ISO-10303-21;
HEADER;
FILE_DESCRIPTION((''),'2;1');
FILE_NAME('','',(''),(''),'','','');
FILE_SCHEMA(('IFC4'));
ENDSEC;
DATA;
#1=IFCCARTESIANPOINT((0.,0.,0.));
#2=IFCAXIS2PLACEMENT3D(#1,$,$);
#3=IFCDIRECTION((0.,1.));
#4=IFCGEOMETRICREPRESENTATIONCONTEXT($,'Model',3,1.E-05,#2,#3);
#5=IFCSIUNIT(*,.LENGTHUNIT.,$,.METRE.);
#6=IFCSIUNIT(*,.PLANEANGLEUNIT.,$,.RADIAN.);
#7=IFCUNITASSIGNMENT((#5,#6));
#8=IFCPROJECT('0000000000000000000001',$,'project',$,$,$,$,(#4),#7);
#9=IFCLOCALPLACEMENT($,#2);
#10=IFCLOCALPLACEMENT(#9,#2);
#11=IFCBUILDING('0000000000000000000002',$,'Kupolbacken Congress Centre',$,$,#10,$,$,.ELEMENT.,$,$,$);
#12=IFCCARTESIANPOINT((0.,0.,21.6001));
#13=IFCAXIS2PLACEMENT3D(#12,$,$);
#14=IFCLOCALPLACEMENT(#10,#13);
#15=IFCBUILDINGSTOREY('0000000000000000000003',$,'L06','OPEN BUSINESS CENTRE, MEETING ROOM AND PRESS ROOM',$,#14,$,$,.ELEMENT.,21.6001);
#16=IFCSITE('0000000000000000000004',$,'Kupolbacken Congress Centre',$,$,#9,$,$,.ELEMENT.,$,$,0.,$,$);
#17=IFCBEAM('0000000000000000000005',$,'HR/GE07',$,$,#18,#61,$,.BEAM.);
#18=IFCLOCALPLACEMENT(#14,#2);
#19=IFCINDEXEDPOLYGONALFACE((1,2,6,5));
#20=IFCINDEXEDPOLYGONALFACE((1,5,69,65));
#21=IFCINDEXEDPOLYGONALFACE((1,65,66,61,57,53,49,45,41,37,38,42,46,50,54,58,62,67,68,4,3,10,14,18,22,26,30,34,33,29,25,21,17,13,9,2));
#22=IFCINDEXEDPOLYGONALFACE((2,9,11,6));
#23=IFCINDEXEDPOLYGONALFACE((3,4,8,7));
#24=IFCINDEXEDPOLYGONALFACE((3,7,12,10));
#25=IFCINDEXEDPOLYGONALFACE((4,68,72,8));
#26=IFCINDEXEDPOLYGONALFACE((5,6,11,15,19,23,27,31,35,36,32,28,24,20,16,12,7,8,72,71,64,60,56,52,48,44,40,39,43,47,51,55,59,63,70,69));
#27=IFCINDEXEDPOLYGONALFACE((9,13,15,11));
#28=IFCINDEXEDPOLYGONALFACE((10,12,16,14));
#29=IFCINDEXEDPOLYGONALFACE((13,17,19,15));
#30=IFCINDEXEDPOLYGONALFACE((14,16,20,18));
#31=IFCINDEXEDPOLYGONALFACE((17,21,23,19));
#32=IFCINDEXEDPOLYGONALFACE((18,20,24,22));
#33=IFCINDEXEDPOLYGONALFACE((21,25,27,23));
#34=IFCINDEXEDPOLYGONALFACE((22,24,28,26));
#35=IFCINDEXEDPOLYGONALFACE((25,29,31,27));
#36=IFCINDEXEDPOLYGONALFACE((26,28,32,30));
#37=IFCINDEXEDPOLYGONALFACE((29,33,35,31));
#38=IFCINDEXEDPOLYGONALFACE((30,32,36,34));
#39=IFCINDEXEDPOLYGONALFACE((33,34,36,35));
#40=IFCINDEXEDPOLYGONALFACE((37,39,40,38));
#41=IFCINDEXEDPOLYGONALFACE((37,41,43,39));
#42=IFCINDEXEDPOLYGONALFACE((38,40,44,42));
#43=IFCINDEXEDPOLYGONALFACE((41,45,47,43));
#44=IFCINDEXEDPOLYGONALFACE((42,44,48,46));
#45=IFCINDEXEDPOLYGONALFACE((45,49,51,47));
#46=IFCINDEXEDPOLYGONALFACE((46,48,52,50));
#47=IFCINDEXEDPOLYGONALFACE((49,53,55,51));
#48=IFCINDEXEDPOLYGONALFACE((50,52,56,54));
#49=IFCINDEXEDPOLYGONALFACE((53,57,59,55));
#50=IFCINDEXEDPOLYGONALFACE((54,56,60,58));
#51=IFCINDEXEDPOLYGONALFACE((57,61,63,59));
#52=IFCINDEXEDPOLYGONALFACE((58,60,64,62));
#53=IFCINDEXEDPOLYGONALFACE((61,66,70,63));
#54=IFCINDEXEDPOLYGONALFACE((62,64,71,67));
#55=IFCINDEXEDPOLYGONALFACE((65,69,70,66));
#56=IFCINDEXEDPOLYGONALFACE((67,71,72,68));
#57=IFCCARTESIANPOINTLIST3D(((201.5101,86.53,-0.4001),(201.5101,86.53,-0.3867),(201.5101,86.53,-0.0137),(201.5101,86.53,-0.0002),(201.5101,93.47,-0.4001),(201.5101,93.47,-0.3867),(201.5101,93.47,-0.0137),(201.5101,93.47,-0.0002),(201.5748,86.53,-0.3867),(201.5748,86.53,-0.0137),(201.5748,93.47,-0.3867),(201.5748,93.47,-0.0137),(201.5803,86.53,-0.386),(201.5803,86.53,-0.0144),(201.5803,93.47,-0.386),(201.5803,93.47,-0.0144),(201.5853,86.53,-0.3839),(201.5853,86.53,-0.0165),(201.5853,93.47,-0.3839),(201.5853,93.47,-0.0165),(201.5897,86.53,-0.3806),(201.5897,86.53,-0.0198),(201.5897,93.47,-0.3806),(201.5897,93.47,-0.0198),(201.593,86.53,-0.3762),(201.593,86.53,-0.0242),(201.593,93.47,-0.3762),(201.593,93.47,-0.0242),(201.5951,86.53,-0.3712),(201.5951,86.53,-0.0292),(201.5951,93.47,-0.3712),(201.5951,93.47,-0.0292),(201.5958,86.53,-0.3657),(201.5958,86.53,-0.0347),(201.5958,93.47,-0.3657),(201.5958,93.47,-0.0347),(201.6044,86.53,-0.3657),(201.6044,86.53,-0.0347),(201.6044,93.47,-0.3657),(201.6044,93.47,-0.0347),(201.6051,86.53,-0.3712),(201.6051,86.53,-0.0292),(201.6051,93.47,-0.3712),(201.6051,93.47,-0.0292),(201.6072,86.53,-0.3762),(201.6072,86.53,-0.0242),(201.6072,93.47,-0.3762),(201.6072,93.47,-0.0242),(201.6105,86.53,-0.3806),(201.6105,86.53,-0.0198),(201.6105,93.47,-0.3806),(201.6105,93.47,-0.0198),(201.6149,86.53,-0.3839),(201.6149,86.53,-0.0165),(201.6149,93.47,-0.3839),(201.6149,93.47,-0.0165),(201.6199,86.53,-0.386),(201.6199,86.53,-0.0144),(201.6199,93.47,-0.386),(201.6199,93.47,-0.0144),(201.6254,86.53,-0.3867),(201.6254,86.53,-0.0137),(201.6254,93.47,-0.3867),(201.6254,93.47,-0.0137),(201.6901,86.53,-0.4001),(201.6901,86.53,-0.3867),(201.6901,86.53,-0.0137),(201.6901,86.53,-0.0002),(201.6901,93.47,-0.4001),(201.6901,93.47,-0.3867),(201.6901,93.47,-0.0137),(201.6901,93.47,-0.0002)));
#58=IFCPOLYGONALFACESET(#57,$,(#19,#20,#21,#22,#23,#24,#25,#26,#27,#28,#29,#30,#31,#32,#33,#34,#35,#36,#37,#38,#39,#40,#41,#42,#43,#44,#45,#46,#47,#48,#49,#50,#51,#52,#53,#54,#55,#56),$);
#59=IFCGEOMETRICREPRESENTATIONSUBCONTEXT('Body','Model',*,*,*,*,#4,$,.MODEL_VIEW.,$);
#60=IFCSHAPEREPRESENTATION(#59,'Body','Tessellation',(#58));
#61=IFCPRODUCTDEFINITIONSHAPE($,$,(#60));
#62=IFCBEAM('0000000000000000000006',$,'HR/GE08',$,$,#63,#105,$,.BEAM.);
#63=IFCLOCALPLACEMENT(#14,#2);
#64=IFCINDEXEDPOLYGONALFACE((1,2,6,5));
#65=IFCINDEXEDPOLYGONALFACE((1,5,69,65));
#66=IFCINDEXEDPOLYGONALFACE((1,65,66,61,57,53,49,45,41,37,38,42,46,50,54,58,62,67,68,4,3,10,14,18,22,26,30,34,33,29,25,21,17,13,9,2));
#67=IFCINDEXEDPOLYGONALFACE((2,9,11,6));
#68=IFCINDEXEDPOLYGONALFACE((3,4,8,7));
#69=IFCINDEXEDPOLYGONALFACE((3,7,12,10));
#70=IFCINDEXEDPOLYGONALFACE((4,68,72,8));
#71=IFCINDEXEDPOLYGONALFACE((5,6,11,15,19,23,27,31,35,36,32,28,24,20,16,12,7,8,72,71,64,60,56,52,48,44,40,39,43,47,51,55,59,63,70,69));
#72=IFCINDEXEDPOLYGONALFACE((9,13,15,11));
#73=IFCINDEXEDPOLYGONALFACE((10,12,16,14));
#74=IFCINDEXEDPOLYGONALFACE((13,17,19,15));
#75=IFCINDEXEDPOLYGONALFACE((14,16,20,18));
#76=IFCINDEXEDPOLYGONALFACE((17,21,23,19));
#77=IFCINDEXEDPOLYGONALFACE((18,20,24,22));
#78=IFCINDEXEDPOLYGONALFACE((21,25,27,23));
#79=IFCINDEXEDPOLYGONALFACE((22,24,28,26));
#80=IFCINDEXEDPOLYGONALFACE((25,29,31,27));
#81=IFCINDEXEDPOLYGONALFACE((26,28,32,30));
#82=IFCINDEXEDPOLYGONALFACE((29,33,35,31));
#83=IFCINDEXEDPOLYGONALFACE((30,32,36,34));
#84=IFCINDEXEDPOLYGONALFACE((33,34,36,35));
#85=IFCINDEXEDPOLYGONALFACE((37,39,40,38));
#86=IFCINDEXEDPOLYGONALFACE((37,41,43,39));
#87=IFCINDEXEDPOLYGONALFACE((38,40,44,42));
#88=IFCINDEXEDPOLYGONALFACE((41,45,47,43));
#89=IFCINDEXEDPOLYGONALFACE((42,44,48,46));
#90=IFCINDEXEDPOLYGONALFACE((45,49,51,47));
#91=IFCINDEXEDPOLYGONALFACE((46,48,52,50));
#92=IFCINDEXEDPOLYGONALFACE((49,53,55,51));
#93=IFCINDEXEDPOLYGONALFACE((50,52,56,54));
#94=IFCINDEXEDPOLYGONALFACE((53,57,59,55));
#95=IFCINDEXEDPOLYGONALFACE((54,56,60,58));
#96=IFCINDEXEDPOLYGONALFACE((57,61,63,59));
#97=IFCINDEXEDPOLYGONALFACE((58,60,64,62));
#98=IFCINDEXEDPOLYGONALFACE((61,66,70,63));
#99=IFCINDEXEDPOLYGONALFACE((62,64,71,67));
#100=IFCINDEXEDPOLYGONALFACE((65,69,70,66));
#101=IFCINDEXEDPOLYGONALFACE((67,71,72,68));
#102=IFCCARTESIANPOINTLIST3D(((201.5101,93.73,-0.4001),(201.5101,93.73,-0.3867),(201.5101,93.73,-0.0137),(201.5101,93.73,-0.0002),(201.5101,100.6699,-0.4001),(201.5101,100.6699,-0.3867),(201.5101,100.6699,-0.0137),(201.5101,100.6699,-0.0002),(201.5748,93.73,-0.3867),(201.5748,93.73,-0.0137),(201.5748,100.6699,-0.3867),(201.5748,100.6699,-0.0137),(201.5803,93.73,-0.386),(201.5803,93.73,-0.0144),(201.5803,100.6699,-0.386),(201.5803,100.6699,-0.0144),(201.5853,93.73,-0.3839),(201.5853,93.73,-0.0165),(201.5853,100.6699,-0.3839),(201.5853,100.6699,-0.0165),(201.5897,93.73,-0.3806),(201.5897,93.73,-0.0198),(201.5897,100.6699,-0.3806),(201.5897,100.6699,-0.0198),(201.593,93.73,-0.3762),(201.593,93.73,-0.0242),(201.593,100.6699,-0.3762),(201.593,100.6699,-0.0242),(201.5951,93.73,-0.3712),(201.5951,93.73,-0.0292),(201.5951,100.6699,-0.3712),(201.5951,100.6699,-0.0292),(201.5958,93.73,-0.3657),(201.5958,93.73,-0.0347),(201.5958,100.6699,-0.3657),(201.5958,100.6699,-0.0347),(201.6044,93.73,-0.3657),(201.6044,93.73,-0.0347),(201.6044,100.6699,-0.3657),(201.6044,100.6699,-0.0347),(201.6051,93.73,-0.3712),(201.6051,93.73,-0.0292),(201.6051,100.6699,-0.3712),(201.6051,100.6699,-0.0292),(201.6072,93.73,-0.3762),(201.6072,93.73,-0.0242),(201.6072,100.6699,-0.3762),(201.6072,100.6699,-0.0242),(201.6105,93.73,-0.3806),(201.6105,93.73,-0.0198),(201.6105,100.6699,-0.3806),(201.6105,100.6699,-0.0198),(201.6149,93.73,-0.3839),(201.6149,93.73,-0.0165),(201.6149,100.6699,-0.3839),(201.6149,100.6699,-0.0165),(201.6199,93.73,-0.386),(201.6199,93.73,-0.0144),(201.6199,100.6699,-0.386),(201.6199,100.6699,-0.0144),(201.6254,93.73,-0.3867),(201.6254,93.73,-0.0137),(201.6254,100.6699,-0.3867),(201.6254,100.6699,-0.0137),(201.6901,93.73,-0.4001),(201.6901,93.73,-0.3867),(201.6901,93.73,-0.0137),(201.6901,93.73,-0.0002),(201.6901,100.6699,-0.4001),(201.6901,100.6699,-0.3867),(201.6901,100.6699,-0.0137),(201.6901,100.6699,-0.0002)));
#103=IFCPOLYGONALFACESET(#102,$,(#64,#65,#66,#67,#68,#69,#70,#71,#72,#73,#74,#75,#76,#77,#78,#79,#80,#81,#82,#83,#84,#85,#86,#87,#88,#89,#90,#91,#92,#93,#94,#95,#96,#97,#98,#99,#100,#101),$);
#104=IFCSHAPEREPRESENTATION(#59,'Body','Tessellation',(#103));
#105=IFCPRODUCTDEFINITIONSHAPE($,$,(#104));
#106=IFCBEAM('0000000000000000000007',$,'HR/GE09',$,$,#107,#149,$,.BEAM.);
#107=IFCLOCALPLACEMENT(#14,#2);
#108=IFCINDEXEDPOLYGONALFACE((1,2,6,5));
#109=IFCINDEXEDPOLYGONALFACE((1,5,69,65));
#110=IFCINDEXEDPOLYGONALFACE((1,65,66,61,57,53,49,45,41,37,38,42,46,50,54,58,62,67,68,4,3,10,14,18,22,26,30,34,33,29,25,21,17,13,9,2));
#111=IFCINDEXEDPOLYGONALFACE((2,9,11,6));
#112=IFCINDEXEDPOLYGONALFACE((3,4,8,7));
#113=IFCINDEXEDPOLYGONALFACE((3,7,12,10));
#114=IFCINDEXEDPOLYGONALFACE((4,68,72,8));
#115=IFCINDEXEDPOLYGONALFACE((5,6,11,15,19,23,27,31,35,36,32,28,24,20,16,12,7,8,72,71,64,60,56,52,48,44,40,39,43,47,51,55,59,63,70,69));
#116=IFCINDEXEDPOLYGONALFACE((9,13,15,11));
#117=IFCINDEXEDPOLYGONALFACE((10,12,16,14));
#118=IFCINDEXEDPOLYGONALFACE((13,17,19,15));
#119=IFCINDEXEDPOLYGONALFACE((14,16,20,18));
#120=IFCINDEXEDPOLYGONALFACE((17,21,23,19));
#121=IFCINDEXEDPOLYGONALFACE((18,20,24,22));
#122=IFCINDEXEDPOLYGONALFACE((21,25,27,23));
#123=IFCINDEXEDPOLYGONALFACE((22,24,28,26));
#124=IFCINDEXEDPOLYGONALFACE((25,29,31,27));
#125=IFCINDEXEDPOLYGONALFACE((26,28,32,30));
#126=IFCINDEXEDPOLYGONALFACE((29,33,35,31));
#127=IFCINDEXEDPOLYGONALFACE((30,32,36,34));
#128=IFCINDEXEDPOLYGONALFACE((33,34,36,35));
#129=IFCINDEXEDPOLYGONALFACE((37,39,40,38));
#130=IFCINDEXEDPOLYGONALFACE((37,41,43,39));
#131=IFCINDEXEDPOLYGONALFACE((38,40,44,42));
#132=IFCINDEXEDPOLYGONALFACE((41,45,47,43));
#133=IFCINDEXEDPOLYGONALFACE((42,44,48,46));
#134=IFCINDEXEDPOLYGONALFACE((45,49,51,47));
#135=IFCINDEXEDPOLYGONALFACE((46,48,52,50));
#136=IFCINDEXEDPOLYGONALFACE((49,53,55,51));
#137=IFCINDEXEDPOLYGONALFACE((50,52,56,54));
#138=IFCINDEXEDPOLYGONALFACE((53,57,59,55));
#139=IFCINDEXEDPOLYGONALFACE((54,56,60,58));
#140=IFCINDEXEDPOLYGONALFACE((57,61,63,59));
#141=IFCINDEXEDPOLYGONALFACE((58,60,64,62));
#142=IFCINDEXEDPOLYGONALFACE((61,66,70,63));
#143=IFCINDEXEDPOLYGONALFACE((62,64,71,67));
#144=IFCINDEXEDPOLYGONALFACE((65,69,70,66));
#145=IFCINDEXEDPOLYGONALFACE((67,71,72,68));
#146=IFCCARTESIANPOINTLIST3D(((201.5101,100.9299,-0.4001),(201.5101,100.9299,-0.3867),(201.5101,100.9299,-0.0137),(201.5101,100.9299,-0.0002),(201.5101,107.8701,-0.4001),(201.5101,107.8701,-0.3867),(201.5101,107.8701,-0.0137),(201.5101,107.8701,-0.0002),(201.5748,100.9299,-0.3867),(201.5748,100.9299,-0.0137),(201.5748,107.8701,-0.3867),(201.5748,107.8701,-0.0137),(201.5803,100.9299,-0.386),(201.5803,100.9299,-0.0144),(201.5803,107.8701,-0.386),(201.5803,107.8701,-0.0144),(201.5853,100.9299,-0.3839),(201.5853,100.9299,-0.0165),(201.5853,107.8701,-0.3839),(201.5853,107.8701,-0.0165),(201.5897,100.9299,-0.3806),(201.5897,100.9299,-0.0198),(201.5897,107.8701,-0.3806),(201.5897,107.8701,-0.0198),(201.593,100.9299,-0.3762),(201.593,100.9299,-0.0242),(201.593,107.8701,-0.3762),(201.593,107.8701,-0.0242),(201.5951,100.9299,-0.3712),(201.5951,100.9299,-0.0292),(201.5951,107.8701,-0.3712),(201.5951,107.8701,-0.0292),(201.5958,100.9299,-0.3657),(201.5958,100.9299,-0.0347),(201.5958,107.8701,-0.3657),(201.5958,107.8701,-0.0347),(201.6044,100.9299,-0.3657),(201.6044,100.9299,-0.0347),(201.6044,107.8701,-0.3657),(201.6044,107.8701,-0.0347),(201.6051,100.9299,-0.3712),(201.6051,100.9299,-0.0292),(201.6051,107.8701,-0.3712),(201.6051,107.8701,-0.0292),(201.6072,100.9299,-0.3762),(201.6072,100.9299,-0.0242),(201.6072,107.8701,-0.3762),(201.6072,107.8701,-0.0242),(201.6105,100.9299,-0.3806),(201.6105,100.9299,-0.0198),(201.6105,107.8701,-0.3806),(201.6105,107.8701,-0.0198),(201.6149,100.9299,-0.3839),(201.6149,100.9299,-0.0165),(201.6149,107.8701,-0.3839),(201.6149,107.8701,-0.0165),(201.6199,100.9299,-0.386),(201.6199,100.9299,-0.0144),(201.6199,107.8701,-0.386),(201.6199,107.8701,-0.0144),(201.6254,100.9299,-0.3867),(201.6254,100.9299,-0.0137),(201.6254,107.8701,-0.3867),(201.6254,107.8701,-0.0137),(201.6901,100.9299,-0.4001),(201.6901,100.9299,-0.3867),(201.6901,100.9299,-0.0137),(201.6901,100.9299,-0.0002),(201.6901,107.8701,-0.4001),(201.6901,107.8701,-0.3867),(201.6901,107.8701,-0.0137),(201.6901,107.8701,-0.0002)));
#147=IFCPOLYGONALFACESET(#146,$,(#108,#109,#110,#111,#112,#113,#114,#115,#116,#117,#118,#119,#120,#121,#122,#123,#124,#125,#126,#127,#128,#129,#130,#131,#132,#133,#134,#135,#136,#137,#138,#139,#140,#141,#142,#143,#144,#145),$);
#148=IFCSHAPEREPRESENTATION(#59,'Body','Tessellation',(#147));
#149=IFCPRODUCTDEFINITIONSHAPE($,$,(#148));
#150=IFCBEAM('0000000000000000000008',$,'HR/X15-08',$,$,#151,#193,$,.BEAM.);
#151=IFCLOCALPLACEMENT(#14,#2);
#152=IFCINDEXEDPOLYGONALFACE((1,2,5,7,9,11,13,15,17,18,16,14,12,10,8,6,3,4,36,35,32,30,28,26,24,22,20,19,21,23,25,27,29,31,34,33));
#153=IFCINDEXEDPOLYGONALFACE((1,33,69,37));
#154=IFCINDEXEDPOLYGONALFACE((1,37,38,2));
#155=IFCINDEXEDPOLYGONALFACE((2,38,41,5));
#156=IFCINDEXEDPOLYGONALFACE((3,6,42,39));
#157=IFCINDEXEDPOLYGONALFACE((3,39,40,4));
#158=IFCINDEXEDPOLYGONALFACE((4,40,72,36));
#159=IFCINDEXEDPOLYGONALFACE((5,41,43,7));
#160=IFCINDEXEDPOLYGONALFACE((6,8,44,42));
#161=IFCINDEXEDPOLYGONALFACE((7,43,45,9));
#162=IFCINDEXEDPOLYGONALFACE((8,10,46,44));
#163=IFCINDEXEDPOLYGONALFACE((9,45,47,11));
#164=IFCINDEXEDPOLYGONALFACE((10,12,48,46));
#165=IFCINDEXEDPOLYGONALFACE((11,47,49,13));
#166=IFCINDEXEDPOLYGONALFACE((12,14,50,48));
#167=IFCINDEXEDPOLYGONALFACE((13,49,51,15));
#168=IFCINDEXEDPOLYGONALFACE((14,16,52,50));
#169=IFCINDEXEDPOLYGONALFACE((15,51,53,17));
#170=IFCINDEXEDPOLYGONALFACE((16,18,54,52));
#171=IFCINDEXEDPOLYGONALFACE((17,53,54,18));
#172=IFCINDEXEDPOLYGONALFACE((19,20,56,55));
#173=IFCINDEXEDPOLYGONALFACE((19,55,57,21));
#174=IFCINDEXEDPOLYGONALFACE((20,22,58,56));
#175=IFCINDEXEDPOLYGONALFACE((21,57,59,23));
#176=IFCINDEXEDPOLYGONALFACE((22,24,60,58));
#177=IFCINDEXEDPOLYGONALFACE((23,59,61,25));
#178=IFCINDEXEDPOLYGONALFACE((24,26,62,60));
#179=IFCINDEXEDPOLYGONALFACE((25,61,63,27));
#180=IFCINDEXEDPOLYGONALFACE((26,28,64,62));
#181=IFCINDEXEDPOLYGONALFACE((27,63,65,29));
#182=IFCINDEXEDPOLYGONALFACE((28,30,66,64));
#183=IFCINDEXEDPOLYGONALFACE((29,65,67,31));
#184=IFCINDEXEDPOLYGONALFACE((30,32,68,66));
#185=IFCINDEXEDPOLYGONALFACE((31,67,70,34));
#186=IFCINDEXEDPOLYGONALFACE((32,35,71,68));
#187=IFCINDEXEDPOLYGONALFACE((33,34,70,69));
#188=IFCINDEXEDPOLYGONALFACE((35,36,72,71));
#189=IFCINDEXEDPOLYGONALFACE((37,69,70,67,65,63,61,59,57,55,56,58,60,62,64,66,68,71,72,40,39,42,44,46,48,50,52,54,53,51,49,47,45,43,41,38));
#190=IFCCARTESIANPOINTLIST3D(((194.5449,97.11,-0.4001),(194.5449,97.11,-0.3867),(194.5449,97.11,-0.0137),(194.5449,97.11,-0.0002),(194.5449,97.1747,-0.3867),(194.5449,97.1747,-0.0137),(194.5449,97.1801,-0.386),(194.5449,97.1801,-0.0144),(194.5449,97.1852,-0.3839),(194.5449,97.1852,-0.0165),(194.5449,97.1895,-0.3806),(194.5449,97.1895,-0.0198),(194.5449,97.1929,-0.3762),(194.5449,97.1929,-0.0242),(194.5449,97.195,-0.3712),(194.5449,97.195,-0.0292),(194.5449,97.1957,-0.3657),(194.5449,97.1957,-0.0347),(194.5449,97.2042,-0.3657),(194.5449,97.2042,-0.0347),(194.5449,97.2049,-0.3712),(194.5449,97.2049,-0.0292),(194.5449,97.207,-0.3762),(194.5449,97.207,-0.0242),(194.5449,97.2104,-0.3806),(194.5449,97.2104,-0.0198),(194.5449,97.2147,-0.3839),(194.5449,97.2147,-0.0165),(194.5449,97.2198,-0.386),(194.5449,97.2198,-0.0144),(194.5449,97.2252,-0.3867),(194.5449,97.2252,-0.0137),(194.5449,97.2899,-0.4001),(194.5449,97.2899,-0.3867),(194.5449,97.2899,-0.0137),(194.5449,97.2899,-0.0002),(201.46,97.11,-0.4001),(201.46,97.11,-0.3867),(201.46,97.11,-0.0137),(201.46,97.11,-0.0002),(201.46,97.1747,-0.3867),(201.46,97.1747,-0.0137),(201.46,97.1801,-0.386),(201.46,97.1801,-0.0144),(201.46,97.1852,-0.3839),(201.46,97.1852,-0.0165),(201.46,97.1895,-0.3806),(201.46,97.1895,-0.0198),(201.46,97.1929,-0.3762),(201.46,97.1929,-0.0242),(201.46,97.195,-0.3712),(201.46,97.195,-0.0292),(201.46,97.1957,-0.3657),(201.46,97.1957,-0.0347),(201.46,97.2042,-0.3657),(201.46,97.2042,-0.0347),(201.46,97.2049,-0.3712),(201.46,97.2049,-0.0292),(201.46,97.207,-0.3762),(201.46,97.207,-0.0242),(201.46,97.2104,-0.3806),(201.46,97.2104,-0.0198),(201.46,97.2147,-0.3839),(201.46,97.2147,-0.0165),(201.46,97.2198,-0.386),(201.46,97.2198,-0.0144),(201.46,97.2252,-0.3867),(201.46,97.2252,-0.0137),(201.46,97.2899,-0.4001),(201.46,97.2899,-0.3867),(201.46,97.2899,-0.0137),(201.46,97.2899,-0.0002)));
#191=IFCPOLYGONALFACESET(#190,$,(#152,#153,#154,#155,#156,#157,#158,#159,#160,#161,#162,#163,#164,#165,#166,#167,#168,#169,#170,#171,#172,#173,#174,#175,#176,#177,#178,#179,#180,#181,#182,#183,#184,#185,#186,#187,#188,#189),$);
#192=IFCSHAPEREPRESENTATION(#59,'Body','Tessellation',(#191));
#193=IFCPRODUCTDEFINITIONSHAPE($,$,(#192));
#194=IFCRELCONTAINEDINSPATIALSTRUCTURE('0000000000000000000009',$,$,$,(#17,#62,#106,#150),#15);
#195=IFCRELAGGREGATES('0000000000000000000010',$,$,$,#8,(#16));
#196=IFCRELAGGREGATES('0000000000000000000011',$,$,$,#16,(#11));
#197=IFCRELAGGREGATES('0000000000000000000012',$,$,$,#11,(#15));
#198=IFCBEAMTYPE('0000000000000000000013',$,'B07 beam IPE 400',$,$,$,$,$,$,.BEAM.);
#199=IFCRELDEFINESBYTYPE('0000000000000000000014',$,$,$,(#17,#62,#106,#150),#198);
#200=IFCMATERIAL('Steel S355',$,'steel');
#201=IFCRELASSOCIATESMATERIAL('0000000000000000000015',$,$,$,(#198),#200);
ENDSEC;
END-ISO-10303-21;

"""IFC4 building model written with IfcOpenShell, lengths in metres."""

from ifc_helpers import new_model, si_unit, direction, frame, origin, origin_2d, place, context, subcontext, project, spatial, i_section, extrude, material, material_profile, profile_set, type_object, element, save


model = new_model("IFC4")

# Units and contexts
model_context = context("Model", 3, precision=1e-05, world=origin(), true_north=direction((0.0, 1.0)))
body_context = subcontext(model_context, "Body", "Model", "MODEL_VIEW")
ifc_project = project(units=[si_unit("LENGTHUNIT", "METRE"), si_unit("PLANEANGLEUNIT", "RADIAN")], contexts=[model_context])

# Site, building, storey
site_placement = place(None, origin())
site = spatial("IfcSite", under=ifc_project, at=site_placement, Name="Kupolbacken Congress Centre", CompositionType="ELEMENT", RefElevation=0.0)
building_placement = place(site_placement, origin())
building = spatial("IfcBuilding", under=site, at=building_placement, Name="Kupolbacken Congress Centre", CompositionType="ELEMENT")
storey_placement = place(building_placement, frame((0.0, 0.0, 21.6001)))
storey = spatial("IfcBuildingStorey", under=building, at=storey_placement, Name="L06", Description="OPEN BUSINESS CENTRE, MEETING ROOM AND PRESS ROOM", CompositionType="ELEMENT", Elevation=21.6001)

# Beams
ifc_material_1 = material(Name="Steel S355", Category="steel")
ifc_material_profile_1 = material_profile(ifc_material_1, i_section(OverallWidth=0.1799, OverallDepth=0.3999, WebThickness=0.0085, FlangeThickness=0.0134, FilletRadius=0.021, at=origin_2d()), Name="IPE 400")
ifc_profile_set_1 = profile_set([ifc_material_profile_1], Name="Steel S355")
beam_type_1 = type_object("IfcBeamType", Name="B07 beam IPE 400", PredefinedType="BEAM", material=ifc_profile_set_1)
for number, where, z_axis, x_axis, name in (
    (1, (201.6001, 86.53, -0.2002), (0.0, 1.0, 0.0), (-1.0, 0.0, 0.0), "HR/GE07"),
    (2, (201.6001, 93.73, -0.2002), (0.0, 1.0, 0.0), (-1.0, 0.0, 0.0), "HR/GE08"),
):
    element("IfcBeam", number, at=place(storey_placement, frame(where, z_axis=z_axis, x_axis=x_axis)), inside=storey, type_object=beam_type_1, Name=name, PredefinedType="BEAM", context=body_context, shape_type="SweptSolid", body=[
        extrude(i_section(OverallWidth=0.1799, OverallDepth=0.3999, WebThickness=0.0085, FlangeThickness=0.0134, FilletRadius=0.021, at=origin_2d()), origin(), (0.0, 0.0, 1.0), 6.9399),
    ])
beam_1_placement = place(storey_placement, frame((201.6001, 100.9299, -0.2002), z_axis=(0.0, 1.0, 0.0), x_axis=(-1.0, 0.0, 0.0)))
element("IfcBeam", 3, at=beam_1_placement, inside=storey, type_object=beam_type_1, Name="HR/GE09", PredefinedType="BEAM", context=body_context, shape_type="SweptSolid", body=[
    extrude(i_section(OverallWidth=0.1799, OverallDepth=0.3999, WebThickness=0.0085, FlangeThickness=0.0134, FilletRadius=0.021, at=origin_2d()), origin(), (0.0, 0.0, 1.0), 6.9402),
])
beam_2_placement = place(storey_placement, frame((194.5449, 97.2, -0.2002), z_axis=(1.0, 0.0, 0.0), x_axis=(0.0, 1.0, 0.0)))
element("IfcBeam", 4, at=beam_2_placement, inside=storey, type_object=beam_type_1, Name="HR/X15-08", PredefinedType="BEAM", context=body_context, shape_type="SweptSolid", body=[
    extrude(i_section(OverallWidth=0.1799, OverallDepth=0.3999, WebThickness=0.0085, FlangeThickness=0.0134, FilletRadius=0.021, at=origin_2d()), origin(), (0.0, 0.0, 1.0), 6.915),
])

save(model, "model.ifc")
